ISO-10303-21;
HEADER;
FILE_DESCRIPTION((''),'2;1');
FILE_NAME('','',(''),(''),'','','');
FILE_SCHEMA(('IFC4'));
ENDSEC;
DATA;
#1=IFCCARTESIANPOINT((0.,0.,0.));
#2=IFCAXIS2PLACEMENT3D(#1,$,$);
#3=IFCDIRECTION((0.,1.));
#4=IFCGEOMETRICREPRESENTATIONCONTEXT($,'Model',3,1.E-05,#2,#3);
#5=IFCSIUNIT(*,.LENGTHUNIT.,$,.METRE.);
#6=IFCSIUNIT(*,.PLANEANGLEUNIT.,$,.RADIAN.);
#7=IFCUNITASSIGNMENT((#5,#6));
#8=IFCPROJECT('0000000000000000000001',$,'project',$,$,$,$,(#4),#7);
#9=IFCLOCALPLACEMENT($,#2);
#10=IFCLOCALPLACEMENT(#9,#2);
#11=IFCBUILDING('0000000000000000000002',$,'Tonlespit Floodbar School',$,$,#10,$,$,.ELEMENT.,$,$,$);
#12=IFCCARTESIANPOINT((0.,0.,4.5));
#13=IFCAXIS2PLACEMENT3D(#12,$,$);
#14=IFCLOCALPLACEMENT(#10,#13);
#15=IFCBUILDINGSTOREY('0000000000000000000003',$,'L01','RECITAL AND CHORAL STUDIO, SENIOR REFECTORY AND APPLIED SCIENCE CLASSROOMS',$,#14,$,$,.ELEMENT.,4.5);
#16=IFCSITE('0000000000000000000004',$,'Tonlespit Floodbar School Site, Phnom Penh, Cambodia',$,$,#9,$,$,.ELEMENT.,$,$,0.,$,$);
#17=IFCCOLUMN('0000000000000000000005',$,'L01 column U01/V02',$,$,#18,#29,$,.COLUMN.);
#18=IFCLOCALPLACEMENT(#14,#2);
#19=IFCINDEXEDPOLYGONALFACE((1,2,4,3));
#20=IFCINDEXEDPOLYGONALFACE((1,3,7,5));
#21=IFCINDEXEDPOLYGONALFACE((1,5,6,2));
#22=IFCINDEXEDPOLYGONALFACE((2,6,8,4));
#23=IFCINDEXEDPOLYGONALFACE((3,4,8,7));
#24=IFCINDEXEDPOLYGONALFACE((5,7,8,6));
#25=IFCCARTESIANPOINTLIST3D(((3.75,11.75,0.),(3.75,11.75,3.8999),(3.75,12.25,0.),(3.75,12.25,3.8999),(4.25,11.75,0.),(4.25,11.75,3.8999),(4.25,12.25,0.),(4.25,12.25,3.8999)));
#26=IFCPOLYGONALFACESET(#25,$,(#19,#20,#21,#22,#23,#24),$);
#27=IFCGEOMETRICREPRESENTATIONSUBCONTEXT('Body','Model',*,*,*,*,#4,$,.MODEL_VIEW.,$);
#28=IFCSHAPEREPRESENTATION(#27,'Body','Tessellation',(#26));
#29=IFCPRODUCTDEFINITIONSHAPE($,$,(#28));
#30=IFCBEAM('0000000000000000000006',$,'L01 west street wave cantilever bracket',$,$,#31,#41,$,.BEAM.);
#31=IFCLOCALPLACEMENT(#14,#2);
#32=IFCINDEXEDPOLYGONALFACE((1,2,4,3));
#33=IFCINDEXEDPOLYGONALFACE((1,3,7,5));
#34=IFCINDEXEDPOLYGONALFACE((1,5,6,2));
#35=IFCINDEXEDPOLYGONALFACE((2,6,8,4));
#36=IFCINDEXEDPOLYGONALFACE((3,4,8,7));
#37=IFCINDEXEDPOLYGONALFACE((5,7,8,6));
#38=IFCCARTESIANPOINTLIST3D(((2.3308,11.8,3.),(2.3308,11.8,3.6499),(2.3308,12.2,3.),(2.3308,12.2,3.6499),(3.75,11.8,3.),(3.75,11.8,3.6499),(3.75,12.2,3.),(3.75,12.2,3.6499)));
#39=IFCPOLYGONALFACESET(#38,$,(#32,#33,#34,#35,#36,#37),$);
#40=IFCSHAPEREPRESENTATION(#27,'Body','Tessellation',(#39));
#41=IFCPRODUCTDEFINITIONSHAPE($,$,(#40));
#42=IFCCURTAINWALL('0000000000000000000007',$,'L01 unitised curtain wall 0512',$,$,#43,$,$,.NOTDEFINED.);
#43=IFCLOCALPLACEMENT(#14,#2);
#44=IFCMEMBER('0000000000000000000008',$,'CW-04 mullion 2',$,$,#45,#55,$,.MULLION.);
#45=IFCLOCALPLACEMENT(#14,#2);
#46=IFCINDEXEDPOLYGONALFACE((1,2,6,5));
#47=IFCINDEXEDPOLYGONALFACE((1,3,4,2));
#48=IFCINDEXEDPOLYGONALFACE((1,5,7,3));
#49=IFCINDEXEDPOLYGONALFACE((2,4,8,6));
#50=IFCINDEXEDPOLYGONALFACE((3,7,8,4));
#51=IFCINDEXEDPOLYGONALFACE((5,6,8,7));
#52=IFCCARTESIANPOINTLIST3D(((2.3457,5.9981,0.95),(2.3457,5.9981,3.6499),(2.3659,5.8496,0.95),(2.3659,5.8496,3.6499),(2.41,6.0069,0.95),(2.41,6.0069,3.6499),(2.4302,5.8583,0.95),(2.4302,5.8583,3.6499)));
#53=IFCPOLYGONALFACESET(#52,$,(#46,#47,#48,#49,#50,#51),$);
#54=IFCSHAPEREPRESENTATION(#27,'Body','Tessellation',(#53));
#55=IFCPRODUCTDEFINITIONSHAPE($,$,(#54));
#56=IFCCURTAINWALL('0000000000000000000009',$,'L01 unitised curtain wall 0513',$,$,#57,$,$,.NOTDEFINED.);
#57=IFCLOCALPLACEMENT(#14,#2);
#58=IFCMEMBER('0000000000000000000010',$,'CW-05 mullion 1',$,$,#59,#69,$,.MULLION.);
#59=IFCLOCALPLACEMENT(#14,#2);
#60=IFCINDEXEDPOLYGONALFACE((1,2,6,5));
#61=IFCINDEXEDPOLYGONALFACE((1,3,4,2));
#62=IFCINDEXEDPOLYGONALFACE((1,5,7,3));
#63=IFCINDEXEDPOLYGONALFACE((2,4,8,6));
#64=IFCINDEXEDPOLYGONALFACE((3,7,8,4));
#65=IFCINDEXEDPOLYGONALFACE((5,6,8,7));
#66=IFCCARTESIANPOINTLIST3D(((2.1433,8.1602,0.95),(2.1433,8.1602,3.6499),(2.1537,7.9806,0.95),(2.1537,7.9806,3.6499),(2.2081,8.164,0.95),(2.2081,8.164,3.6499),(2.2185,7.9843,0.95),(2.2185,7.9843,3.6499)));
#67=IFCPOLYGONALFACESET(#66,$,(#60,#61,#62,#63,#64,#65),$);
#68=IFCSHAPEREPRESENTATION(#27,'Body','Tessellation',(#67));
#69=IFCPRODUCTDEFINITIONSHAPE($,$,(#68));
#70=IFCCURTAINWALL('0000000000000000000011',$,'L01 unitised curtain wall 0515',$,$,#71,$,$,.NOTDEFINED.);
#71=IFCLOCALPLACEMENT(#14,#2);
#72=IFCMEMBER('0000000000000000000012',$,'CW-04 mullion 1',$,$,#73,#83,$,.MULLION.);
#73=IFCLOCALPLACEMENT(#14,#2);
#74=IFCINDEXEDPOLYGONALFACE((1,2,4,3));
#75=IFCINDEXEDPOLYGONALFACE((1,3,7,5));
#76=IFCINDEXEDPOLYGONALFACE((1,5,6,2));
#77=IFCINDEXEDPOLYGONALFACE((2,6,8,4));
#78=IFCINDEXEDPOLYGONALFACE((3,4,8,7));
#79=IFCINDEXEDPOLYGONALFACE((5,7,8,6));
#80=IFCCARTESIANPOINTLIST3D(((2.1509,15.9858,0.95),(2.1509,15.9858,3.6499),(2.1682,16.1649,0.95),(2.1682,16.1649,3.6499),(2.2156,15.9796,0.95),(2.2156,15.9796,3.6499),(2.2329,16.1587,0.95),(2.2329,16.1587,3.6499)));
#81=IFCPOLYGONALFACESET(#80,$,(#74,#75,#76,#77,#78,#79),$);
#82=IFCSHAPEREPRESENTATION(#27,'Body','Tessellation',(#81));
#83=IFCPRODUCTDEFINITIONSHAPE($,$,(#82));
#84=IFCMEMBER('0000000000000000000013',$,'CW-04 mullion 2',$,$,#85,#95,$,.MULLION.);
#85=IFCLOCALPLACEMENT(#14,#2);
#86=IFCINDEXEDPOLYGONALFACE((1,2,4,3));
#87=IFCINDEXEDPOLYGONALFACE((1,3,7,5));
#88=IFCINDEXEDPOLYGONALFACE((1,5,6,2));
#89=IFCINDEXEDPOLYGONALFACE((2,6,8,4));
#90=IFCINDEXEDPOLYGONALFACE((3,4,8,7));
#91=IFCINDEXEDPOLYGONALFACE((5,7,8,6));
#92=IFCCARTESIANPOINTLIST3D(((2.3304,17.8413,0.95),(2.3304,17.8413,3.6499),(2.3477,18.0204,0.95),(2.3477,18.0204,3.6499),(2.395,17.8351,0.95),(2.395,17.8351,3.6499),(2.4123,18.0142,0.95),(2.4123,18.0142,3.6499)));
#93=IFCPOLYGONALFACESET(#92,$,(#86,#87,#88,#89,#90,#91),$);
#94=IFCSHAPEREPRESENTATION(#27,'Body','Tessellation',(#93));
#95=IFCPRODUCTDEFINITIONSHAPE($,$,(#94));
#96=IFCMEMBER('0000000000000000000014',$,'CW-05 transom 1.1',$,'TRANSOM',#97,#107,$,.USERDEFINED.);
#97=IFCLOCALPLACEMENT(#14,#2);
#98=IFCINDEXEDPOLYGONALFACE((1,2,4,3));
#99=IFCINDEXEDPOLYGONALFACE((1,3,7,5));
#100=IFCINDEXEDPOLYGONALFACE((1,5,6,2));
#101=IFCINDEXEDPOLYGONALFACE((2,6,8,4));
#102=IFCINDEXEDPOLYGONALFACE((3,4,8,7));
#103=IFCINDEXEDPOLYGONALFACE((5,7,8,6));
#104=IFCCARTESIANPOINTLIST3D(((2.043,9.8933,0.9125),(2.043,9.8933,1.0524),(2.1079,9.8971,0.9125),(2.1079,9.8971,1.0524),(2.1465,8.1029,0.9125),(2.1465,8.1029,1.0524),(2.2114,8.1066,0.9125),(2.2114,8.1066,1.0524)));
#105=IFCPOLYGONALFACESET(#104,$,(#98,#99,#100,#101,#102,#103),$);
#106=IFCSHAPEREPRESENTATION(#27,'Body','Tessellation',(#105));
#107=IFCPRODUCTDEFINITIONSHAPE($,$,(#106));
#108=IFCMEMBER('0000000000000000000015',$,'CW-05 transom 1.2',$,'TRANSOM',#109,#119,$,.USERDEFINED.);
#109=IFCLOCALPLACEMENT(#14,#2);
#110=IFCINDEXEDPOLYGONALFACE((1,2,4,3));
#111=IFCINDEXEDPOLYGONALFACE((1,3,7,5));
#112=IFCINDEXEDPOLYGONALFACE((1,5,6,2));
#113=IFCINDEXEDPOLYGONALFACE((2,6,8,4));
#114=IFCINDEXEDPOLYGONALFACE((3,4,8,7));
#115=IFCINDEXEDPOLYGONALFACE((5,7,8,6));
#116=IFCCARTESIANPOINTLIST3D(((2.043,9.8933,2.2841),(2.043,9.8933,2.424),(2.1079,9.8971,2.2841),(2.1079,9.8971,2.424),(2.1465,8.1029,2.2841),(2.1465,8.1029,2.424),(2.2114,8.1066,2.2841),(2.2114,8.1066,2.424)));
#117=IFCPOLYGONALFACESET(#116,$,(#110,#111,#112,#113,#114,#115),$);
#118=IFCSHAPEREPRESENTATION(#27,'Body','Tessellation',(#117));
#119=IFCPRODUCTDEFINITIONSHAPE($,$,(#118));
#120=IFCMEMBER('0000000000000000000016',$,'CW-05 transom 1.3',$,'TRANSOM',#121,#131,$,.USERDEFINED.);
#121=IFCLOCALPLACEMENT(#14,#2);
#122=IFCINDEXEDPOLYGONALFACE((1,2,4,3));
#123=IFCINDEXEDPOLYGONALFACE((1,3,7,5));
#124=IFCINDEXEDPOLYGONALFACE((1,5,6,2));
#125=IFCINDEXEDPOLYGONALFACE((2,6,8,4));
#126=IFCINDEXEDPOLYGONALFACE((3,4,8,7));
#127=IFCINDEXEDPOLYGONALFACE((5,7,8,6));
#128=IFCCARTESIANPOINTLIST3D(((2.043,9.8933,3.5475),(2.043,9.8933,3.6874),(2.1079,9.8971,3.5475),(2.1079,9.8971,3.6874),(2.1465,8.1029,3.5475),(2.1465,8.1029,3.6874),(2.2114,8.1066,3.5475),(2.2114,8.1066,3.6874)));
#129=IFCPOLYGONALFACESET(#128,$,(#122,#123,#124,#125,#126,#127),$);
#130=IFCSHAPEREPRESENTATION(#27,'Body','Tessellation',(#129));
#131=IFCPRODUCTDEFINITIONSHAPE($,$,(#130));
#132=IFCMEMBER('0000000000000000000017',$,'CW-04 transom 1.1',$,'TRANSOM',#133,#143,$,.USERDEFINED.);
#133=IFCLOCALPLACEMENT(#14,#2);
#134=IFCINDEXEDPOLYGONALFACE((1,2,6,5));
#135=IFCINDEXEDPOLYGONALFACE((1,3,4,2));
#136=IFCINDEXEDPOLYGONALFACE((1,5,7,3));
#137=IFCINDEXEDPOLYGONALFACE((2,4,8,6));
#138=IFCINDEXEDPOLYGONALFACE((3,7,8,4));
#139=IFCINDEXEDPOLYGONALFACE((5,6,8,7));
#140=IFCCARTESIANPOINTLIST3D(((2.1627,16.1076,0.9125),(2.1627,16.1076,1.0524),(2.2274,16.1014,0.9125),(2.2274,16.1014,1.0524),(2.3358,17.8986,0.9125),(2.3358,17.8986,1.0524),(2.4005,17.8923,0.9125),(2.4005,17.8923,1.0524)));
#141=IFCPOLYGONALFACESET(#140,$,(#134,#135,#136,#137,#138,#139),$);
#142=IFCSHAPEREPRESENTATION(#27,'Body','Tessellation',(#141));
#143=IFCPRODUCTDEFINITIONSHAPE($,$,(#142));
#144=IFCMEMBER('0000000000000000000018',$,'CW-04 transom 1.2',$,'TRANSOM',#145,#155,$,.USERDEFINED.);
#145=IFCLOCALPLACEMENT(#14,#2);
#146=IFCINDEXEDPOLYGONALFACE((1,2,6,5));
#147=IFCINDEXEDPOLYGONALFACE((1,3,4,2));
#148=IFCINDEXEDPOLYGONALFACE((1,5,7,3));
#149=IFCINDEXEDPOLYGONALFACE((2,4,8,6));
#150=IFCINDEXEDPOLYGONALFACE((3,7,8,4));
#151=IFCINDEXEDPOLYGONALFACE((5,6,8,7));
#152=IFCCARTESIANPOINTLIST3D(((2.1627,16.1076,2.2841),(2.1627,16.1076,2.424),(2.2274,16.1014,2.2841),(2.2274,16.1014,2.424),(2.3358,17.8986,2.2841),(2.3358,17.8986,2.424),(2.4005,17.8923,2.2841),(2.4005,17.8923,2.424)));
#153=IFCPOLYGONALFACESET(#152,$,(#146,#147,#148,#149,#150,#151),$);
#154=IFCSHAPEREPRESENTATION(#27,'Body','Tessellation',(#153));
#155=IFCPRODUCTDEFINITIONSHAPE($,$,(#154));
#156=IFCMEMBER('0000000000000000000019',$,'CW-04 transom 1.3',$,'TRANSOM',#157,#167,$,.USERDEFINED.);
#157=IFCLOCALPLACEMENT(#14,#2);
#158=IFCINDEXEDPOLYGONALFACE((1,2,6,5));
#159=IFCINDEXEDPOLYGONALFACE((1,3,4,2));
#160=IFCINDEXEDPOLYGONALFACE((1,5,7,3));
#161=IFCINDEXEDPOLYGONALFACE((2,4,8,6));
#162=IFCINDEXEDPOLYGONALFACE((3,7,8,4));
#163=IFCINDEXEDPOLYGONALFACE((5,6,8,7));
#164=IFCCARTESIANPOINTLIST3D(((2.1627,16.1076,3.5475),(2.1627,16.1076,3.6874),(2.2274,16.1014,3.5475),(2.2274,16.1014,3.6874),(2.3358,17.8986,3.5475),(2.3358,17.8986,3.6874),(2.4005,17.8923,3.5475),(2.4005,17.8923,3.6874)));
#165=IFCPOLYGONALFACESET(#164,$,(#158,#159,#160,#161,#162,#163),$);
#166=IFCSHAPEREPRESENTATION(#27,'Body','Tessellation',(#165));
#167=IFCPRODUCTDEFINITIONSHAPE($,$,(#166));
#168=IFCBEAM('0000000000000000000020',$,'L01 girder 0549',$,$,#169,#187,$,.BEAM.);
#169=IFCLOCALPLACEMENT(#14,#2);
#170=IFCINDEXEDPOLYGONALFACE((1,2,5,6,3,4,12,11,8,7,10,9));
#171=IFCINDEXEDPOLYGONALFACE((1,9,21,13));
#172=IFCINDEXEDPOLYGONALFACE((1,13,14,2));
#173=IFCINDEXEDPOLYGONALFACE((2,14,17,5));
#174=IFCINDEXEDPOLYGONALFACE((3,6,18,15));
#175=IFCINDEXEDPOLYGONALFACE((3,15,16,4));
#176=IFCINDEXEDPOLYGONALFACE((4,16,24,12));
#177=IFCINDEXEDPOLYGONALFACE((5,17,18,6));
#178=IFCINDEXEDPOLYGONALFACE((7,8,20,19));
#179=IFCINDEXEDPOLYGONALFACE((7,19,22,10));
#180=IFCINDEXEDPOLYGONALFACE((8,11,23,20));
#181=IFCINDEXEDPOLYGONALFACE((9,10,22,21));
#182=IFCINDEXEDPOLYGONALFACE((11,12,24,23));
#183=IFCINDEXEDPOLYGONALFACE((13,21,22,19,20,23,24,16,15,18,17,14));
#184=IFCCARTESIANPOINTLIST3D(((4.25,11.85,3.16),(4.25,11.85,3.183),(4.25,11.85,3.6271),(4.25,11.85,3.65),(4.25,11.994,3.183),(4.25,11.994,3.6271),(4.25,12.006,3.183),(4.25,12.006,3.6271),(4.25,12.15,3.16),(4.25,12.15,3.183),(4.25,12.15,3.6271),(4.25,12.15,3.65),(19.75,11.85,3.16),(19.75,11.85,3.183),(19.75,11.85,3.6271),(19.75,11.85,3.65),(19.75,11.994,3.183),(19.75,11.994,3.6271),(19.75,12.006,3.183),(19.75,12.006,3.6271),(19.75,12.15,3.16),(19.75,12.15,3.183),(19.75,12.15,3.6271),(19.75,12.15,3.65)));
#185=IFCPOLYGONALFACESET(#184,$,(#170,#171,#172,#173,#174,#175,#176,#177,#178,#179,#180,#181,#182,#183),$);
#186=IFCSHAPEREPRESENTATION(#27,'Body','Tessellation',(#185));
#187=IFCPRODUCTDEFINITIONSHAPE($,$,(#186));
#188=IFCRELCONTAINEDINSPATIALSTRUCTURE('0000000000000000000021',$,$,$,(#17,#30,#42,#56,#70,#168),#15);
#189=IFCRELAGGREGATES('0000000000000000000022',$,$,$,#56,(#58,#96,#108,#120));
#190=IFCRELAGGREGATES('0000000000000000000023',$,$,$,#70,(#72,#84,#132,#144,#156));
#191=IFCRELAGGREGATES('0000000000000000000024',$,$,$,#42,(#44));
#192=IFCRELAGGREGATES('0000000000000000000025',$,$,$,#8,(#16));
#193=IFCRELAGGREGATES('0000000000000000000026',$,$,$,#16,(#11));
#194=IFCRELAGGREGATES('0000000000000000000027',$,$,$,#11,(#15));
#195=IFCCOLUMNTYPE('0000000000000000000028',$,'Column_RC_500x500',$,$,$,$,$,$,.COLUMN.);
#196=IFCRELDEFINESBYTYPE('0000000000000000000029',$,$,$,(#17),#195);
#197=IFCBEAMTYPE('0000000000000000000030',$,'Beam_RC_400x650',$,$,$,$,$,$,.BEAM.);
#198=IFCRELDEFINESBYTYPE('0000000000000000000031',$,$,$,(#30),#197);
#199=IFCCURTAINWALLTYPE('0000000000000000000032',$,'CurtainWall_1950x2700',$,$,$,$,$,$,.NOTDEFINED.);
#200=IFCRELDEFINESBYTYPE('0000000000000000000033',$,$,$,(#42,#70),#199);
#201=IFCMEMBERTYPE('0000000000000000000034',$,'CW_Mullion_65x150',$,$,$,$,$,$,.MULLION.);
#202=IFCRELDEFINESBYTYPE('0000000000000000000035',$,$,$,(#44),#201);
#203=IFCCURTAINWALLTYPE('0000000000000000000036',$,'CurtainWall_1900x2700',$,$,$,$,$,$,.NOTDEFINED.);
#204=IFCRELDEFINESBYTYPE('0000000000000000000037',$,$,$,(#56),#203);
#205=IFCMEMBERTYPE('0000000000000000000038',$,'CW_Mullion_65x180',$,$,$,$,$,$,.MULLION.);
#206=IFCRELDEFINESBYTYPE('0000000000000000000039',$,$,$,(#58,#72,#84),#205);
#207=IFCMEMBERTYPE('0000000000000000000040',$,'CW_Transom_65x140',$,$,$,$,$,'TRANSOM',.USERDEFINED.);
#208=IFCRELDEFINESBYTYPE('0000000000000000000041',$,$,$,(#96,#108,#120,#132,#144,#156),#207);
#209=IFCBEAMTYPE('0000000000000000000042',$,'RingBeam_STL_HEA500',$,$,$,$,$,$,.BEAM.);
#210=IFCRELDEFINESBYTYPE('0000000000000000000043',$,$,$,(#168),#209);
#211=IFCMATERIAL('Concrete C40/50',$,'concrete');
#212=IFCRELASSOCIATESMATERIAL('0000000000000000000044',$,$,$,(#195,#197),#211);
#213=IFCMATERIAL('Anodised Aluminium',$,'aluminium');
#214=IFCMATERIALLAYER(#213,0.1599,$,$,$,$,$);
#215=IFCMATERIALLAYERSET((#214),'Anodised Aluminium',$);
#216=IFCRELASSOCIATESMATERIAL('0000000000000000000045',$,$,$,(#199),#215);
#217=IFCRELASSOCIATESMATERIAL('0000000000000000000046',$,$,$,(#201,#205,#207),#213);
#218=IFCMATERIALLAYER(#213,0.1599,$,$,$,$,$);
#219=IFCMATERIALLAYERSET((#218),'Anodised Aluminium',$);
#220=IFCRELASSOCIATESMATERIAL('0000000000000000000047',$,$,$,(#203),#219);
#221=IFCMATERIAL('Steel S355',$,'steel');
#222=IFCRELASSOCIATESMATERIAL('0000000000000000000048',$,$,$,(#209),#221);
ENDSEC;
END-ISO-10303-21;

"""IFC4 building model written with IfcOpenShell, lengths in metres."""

from ifc_helpers import new_model, si_unit, direction, frame, origin, origin_2d, place, context, subcontext, project, spatial, rectangle, i_section, extrude, material, layer, layer_set, material_profile, profile_set, type_object, element, aggregate, save


model = new_model("IFC4")

# Units and contexts
model_context = context("Model", 3, precision=1e-05, world=origin(), true_north=direction((0.0, 1.0)))
body_context = subcontext(model_context, "Body", "Model", "MODEL_VIEW")
ifc_project = project(units=[si_unit("LENGTHUNIT", "METRE"), si_unit("PLANEANGLEUNIT", "RADIAN")], contexts=[model_context])

# Site, building, storey
site_placement = place(None, origin())
site = spatial("IfcSite", under=ifc_project, at=site_placement, Name="Tonlespit Floodbar School Site, Phnom Penh, Cambodia", CompositionType="ELEMENT", RefElevation=0.0)
building_placement = place(site_placement, origin())
building = spatial("IfcBuilding", under=site, at=building_placement, Name="Tonlespit Floodbar School", CompositionType="ELEMENT")
storey_placement = place(building_placement, frame((0.0, 0.0, 4.5)))
storey = spatial("IfcBuildingStorey", under=building, at=storey_placement, Name="L01", Description="RECITAL AND CHORAL STUDIO, SENIOR REFECTORY AND APPLIED SCIENCE CLASSROOMS", CompositionType="ELEMENT", Elevation=4.5)

# Column
ifc_material_1 = material(Name="Concrete C40/50", Category="concrete")
ifc_material_profile_1 = material_profile(ifc_material_1, rectangle(XDim=0.5, YDim=0.5, at=origin_2d()), Name="RC 500x500")
ifc_profile_set_1 = profile_set([ifc_material_profile_1], Name="Concrete C40/50")
column_type = type_object("IfcColumnType", Name="Column_RC_500x500", PredefinedType="COLUMN", material=ifc_profile_set_1)
column_placement = place(storey_placement, frame((4.0, 12.0, 0.0), z_axis=(0.0, 0.0, 1.0), x_axis=(1.0, 0.0, 0.0)))
element("IfcColumn", 1, at=column_placement, inside=storey, type_object=column_type, Name="L01 column U01/V02", PredefinedType="COLUMN", context=body_context, shape_type="SweptSolid", body=[
    extrude(rectangle(XDim=0.5, YDim=0.5, at=origin_2d()), origin(), (0.0, 0.0, 1.0), 3.8999),
])

# Beam
ifc_material_profile_2 = material_profile(ifc_material_1, rectangle(XDim=0.3999, YDim=0.6499, at=origin_2d()), Name="RC 400x650")
ifc_profile_set_2 = profile_set([ifc_material_profile_2], Name="Concrete C40/50")
beam_type_1 = type_object("IfcBeamType", Name="Beam_RC_400x650", PredefinedType="BEAM", material=ifc_profile_set_2)
beam_1_placement = place(storey_placement, frame((3.75, 12.0, 3.325), z_axis=(-1.0, 0.0, 0.0), x_axis=(0.0, -1.0, 0.0)))
element("IfcBeam", 2, at=beam_1_placement, inside=storey, type_object=beam_type_1, Name="L01 west street wave cantilever bracket", PredefinedType="BEAM", context=body_context, shape_type="SweptSolid", body=[
    extrude(rectangle(XDim=0.3999, YDim=0.6499, at=origin_2d()), origin(), (0.0, 0.0, 1.0), 1.4192),
])

# Curtain walls, members
ifc_material_2 = material(Name="Anodised Aluminium", Category="aluminium")
ifc_layer_1 = layer(ifc_material_2, 0.1599)
ifc_layer_set_1 = layer_set([ifc_layer_1], Name="Anodised Aluminium")
curtain_wall_type_1 = type_object("IfcCurtainWallType", Name="CurtainWall_1950x2700", PredefinedType="NOTDEFINED", material=ifc_layer_set_1)
curtain_wall_1_placement = place(storey_placement, origin())
curtain_wall_1 = element("IfcCurtainWall", 3, at=curtain_wall_1_placement, inside=storey, type_object=curtain_wall_type_1, Name="L01 unitised curtain wall 0512", PredefinedType="NOTDEFINED")
ifc_material_profile_3 = material_profile(ifc_material_2, rectangle(XDim=0.0649, YDim=0.1499, at=origin_2d()), Name="ALU M65x150")
ifc_profile_set_3 = profile_set([ifc_material_profile_3], Name="Anodised Aluminium")
member_type_1 = type_object("IfcMemberType", Name="CW_Mullion_65x150", PredefinedType="MULLION", material=ifc_profile_set_3)
member_1_placement = place(storey_placement, frame((2.3879, 5.9282, 0.95), z_axis=(0.0, 0.0, 1.0), x_axis=(-0.990894, -0.134644, 0.0)))
member_1 = element("IfcMember", 4, at=member_1_placement, type_object=member_type_1, Name="CW-04 mullion 2", PredefinedType="MULLION", context=body_context, shape_type="SweptSolid", body=[
    extrude(rectangle(XDim=0.0649, YDim=0.1499, at=origin_2d()), origin(), (0.0, 0.0, 1.0), 2.7),
])
ifc_layer_2 = layer(ifc_material_2, 0.1599)
ifc_layer_set_2 = layer_set([ifc_layer_2], Name="Anodised Aluminium")
curtain_wall_type_2 = type_object("IfcCurtainWallType", Name="CurtainWall_1900x2700", PredefinedType="NOTDEFINED", material=ifc_layer_set_2)
curtain_wall_2_placement = place(storey_placement, origin())
curtain_wall_2 = element("IfcCurtainWall", 5, at=curtain_wall_2_placement, inside=storey, type_object=curtain_wall_type_2, Name="L01 unitised curtain wall 0513", PredefinedType="NOTDEFINED")
ifc_material_profile_4 = material_profile(ifc_material_2, rectangle(XDim=0.0649, YDim=0.1799, at=origin_2d()), Name="ALU M65x180")
ifc_profile_set_4 = profile_set([ifc_material_profile_4], Name="Anodised Aluminium")
member_type_2 = type_object("IfcMemberType", Name="CW_Mullion_65x180", PredefinedType="MULLION", material=ifc_profile_set_4)
member_2_placement = place(storey_placement, frame((2.1809, 8.0723, 0.95), z_axis=(0.0, 0.0, 1.0), x_axis=(-0.998333, -0.05771, 0.0)))
member_2 = element("IfcMember", 6, at=member_2_placement, type_object=member_type_2, Name="CW-05 mullion 1", PredefinedType="MULLION", context=body_context, shape_type="SweptSolid", body=[
    extrude(rectangle(XDim=0.0649, YDim=0.1799, at=origin_2d()), origin(), (0.0, 0.0, 1.0), 2.7),
])

# Curtain wall, members
curtain_wall_3_placement = place(storey_placement, origin())
curtain_wall_3 = element("IfcCurtainWall", 7, at=curtain_wall_3_placement, inside=storey, type_object=curtain_wall_type_1, Name="L01 unitised curtain wall 0515", PredefinedType="NOTDEFINED")
member_3_placement = place(storey_placement, frame((2.1919, 16.0723, 0.95), z_axis=(0.0, 0.0, 1.0), x_axis=(-0.995362, 0.096198, 0.0)))
member_3 = element("IfcMember", 8, at=member_3_placement, type_object=member_type_2, Name="CW-04 mullion 1", PredefinedType="MULLION", context=body_context, shape_type="SweptSolid", body=[
    extrude(rectangle(XDim=0.0649, YDim=0.1799, at=origin_2d()), origin(), (0.0, 0.0, 1.0), 2.7),
])
member_4_placement = place(storey_placement, frame((2.3713, 17.9277, 0.95), z_axis=(0.0, 0.0, 1.0), x_axis=(-0.995362, 0.096198, 0.0)))
member_4 = element("IfcMember", 9, at=member_4_placement, type_object=member_type_2, Name="CW-04 mullion 2", PredefinedType="MULLION", context=body_context, shape_type="SweptSolid", body=[
    extrude(rectangle(XDim=0.0649, YDim=0.1799, at=origin_2d()), origin(), (0.0, 0.0, 1.0), 2.7),
])

# Members
ifc_material_profile_5 = material_profile(ifc_material_2, rectangle(XDim=0.0649, YDim=0.1399, at=origin_2d()), Name="ALU T65x140")
ifc_profile_set_5 = profile_set([ifc_material_profile_5], Name="Anodised Aluminium")
member_type_3 = type_object("IfcMemberType", Name="CW_Transom_65x140", ElementType="TRANSOM", PredefinedType="USERDEFINED", material=ifc_profile_set_5)
member_5_placement = place(storey_placement, frame((2.179, 8.1047, 0.9824), z_axis=(-0.057717, 0.998333, 0.0), x_axis=(-0.998333, -0.057717, 0.0)))
member_5 = element("IfcMember", 10, at=member_5_placement, type_object=member_type_3, Name="CW-05 transom 1.1", ObjectType="TRANSOM", PredefinedType="USERDEFINED", context=body_context, shape_type="SweptSolid", body=[
    extrude(rectangle(XDim=0.0649, YDim=0.1399, at=origin_2d()), origin(), (0.0, 0.0, 1.0), 1.7935),
])
member_6_placement = place(storey_placement, frame((2.179, 8.1047, 2.354), z_axis=(-0.057717, 0.998333, 0.0), x_axis=(-0.998333, -0.057717, 0.0)))
member_6 = element("IfcMember", 11, at=member_6_placement, type_object=member_type_3, Name="CW-05 transom 1.2", ObjectType="TRANSOM", PredefinedType="USERDEFINED", context=body_context, shape_type="SweptSolid", body=[
    extrude(rectangle(XDim=0.0649, YDim=0.1399, at=origin_2d()), origin(), (0.0, 0.0, 1.0), 1.7935),
])
member_7_placement = place(storey_placement, frame((2.179, 8.1047, 3.6174), z_axis=(-0.057717, 0.998333, 0.0), x_axis=(-0.998333, -0.057717, 0.0)))
member_7 = element("IfcMember", 12, at=member_7_placement, type_object=member_type_3, Name="CW-05 transom 1.3", ObjectType="TRANSOM", PredefinedType="USERDEFINED", context=body_context, shape_type="SweptSolid", body=[
    extrude(rectangle(XDim=0.0649, YDim=0.1399, at=origin_2d()), origin(), (0.0, 0.0, 1.0), 1.7935),
])
aggregate(curtain_wall_2, [member_2, member_5, member_6, member_7])
member_8_placement = place(storey_placement, frame((2.1951, 16.1045, 0.9824), z_axis=(0.096198, 0.995362, 0.0), x_axis=(-0.995362, 0.096198, 0.0)))
member_8 = element("IfcMember", 13, at=member_8_placement, type_object=member_type_3, Name="CW-04 transom 1.1", ObjectType="TRANSOM", PredefinedType="USERDEFINED", context=body_context, shape_type="SweptSolid", body=[
    extrude(rectangle(XDim=0.0649, YDim=0.1399, at=origin_2d()), origin(), (0.0, 0.0, 1.0), 1.7993),
])
member_9_placement = place(storey_placement, frame((2.1951, 16.1045, 2.354), z_axis=(0.096198, 0.995362, 0.0), x_axis=(-0.995362, 0.096198, 0.0)))
member_9 = element("IfcMember", 14, at=member_9_placement, type_object=member_type_3, Name="CW-04 transom 1.2", ObjectType="TRANSOM", PredefinedType="USERDEFINED", context=body_context, shape_type="SweptSolid", body=[
    extrude(rectangle(XDim=0.0649, YDim=0.1399, at=origin_2d()), origin(), (0.0, 0.0, 1.0), 1.7993),
])
member_10_placement = place(storey_placement, frame((2.1951, 16.1045, 3.6174), z_axis=(0.096198, 0.995362, 0.0), x_axis=(-0.995362, 0.096198, 0.0)))
member_10 = element("IfcMember", 15, at=member_10_placement, type_object=member_type_3, Name="CW-04 transom 1.3", ObjectType="TRANSOM", PredefinedType="USERDEFINED", context=body_context, shape_type="SweptSolid", body=[
    extrude(rectangle(XDim=0.0649, YDim=0.1399, at=origin_2d()), origin(), (0.0, 0.0, 1.0), 1.7993),
])

# Beam
ifc_material_3 = material(Name="Steel S355", Category="steel")
ifc_material_profile_6 = material_profile(ifc_material_3, i_section(OverallWidth=0.3, OverallDepth=0.49, WebThickness=0.012, FlangeThickness=0.0229, at=origin_2d()), Name="HEA 500")
ifc_profile_set_6 = profile_set([ifc_material_profile_6], Name="Steel S355")
beam_type_2 = type_object("IfcBeamType", Name="RingBeam_STL_HEA500", PredefinedType="BEAM", material=ifc_profile_set_6)
beam_2_placement = place(storey_placement, frame((4.25, 12.0, 3.405), z_axis=(1.0, 0.0, 0.0), x_axis=(0.0, 1.0, 0.0)))
element("IfcBeam", 16, at=beam_2_placement, inside=storey, type_object=beam_type_2, Name="L01 girder 0549", PredefinedType="BEAM", context=body_context, shape_type="SweptSolid", body=[
    extrude(i_section(OverallWidth=0.3, OverallDepth=0.49, WebThickness=0.012, FlangeThickness=0.0229, at=origin_2d()), origin(), (0.0, 0.0, 1.0), 15.5),
])

aggregate(curtain_wall_3, [member_3, member_4, member_8, member_9, member_10])
aggregate(curtain_wall_1, [member_1])

save(model, "model.ifc")
